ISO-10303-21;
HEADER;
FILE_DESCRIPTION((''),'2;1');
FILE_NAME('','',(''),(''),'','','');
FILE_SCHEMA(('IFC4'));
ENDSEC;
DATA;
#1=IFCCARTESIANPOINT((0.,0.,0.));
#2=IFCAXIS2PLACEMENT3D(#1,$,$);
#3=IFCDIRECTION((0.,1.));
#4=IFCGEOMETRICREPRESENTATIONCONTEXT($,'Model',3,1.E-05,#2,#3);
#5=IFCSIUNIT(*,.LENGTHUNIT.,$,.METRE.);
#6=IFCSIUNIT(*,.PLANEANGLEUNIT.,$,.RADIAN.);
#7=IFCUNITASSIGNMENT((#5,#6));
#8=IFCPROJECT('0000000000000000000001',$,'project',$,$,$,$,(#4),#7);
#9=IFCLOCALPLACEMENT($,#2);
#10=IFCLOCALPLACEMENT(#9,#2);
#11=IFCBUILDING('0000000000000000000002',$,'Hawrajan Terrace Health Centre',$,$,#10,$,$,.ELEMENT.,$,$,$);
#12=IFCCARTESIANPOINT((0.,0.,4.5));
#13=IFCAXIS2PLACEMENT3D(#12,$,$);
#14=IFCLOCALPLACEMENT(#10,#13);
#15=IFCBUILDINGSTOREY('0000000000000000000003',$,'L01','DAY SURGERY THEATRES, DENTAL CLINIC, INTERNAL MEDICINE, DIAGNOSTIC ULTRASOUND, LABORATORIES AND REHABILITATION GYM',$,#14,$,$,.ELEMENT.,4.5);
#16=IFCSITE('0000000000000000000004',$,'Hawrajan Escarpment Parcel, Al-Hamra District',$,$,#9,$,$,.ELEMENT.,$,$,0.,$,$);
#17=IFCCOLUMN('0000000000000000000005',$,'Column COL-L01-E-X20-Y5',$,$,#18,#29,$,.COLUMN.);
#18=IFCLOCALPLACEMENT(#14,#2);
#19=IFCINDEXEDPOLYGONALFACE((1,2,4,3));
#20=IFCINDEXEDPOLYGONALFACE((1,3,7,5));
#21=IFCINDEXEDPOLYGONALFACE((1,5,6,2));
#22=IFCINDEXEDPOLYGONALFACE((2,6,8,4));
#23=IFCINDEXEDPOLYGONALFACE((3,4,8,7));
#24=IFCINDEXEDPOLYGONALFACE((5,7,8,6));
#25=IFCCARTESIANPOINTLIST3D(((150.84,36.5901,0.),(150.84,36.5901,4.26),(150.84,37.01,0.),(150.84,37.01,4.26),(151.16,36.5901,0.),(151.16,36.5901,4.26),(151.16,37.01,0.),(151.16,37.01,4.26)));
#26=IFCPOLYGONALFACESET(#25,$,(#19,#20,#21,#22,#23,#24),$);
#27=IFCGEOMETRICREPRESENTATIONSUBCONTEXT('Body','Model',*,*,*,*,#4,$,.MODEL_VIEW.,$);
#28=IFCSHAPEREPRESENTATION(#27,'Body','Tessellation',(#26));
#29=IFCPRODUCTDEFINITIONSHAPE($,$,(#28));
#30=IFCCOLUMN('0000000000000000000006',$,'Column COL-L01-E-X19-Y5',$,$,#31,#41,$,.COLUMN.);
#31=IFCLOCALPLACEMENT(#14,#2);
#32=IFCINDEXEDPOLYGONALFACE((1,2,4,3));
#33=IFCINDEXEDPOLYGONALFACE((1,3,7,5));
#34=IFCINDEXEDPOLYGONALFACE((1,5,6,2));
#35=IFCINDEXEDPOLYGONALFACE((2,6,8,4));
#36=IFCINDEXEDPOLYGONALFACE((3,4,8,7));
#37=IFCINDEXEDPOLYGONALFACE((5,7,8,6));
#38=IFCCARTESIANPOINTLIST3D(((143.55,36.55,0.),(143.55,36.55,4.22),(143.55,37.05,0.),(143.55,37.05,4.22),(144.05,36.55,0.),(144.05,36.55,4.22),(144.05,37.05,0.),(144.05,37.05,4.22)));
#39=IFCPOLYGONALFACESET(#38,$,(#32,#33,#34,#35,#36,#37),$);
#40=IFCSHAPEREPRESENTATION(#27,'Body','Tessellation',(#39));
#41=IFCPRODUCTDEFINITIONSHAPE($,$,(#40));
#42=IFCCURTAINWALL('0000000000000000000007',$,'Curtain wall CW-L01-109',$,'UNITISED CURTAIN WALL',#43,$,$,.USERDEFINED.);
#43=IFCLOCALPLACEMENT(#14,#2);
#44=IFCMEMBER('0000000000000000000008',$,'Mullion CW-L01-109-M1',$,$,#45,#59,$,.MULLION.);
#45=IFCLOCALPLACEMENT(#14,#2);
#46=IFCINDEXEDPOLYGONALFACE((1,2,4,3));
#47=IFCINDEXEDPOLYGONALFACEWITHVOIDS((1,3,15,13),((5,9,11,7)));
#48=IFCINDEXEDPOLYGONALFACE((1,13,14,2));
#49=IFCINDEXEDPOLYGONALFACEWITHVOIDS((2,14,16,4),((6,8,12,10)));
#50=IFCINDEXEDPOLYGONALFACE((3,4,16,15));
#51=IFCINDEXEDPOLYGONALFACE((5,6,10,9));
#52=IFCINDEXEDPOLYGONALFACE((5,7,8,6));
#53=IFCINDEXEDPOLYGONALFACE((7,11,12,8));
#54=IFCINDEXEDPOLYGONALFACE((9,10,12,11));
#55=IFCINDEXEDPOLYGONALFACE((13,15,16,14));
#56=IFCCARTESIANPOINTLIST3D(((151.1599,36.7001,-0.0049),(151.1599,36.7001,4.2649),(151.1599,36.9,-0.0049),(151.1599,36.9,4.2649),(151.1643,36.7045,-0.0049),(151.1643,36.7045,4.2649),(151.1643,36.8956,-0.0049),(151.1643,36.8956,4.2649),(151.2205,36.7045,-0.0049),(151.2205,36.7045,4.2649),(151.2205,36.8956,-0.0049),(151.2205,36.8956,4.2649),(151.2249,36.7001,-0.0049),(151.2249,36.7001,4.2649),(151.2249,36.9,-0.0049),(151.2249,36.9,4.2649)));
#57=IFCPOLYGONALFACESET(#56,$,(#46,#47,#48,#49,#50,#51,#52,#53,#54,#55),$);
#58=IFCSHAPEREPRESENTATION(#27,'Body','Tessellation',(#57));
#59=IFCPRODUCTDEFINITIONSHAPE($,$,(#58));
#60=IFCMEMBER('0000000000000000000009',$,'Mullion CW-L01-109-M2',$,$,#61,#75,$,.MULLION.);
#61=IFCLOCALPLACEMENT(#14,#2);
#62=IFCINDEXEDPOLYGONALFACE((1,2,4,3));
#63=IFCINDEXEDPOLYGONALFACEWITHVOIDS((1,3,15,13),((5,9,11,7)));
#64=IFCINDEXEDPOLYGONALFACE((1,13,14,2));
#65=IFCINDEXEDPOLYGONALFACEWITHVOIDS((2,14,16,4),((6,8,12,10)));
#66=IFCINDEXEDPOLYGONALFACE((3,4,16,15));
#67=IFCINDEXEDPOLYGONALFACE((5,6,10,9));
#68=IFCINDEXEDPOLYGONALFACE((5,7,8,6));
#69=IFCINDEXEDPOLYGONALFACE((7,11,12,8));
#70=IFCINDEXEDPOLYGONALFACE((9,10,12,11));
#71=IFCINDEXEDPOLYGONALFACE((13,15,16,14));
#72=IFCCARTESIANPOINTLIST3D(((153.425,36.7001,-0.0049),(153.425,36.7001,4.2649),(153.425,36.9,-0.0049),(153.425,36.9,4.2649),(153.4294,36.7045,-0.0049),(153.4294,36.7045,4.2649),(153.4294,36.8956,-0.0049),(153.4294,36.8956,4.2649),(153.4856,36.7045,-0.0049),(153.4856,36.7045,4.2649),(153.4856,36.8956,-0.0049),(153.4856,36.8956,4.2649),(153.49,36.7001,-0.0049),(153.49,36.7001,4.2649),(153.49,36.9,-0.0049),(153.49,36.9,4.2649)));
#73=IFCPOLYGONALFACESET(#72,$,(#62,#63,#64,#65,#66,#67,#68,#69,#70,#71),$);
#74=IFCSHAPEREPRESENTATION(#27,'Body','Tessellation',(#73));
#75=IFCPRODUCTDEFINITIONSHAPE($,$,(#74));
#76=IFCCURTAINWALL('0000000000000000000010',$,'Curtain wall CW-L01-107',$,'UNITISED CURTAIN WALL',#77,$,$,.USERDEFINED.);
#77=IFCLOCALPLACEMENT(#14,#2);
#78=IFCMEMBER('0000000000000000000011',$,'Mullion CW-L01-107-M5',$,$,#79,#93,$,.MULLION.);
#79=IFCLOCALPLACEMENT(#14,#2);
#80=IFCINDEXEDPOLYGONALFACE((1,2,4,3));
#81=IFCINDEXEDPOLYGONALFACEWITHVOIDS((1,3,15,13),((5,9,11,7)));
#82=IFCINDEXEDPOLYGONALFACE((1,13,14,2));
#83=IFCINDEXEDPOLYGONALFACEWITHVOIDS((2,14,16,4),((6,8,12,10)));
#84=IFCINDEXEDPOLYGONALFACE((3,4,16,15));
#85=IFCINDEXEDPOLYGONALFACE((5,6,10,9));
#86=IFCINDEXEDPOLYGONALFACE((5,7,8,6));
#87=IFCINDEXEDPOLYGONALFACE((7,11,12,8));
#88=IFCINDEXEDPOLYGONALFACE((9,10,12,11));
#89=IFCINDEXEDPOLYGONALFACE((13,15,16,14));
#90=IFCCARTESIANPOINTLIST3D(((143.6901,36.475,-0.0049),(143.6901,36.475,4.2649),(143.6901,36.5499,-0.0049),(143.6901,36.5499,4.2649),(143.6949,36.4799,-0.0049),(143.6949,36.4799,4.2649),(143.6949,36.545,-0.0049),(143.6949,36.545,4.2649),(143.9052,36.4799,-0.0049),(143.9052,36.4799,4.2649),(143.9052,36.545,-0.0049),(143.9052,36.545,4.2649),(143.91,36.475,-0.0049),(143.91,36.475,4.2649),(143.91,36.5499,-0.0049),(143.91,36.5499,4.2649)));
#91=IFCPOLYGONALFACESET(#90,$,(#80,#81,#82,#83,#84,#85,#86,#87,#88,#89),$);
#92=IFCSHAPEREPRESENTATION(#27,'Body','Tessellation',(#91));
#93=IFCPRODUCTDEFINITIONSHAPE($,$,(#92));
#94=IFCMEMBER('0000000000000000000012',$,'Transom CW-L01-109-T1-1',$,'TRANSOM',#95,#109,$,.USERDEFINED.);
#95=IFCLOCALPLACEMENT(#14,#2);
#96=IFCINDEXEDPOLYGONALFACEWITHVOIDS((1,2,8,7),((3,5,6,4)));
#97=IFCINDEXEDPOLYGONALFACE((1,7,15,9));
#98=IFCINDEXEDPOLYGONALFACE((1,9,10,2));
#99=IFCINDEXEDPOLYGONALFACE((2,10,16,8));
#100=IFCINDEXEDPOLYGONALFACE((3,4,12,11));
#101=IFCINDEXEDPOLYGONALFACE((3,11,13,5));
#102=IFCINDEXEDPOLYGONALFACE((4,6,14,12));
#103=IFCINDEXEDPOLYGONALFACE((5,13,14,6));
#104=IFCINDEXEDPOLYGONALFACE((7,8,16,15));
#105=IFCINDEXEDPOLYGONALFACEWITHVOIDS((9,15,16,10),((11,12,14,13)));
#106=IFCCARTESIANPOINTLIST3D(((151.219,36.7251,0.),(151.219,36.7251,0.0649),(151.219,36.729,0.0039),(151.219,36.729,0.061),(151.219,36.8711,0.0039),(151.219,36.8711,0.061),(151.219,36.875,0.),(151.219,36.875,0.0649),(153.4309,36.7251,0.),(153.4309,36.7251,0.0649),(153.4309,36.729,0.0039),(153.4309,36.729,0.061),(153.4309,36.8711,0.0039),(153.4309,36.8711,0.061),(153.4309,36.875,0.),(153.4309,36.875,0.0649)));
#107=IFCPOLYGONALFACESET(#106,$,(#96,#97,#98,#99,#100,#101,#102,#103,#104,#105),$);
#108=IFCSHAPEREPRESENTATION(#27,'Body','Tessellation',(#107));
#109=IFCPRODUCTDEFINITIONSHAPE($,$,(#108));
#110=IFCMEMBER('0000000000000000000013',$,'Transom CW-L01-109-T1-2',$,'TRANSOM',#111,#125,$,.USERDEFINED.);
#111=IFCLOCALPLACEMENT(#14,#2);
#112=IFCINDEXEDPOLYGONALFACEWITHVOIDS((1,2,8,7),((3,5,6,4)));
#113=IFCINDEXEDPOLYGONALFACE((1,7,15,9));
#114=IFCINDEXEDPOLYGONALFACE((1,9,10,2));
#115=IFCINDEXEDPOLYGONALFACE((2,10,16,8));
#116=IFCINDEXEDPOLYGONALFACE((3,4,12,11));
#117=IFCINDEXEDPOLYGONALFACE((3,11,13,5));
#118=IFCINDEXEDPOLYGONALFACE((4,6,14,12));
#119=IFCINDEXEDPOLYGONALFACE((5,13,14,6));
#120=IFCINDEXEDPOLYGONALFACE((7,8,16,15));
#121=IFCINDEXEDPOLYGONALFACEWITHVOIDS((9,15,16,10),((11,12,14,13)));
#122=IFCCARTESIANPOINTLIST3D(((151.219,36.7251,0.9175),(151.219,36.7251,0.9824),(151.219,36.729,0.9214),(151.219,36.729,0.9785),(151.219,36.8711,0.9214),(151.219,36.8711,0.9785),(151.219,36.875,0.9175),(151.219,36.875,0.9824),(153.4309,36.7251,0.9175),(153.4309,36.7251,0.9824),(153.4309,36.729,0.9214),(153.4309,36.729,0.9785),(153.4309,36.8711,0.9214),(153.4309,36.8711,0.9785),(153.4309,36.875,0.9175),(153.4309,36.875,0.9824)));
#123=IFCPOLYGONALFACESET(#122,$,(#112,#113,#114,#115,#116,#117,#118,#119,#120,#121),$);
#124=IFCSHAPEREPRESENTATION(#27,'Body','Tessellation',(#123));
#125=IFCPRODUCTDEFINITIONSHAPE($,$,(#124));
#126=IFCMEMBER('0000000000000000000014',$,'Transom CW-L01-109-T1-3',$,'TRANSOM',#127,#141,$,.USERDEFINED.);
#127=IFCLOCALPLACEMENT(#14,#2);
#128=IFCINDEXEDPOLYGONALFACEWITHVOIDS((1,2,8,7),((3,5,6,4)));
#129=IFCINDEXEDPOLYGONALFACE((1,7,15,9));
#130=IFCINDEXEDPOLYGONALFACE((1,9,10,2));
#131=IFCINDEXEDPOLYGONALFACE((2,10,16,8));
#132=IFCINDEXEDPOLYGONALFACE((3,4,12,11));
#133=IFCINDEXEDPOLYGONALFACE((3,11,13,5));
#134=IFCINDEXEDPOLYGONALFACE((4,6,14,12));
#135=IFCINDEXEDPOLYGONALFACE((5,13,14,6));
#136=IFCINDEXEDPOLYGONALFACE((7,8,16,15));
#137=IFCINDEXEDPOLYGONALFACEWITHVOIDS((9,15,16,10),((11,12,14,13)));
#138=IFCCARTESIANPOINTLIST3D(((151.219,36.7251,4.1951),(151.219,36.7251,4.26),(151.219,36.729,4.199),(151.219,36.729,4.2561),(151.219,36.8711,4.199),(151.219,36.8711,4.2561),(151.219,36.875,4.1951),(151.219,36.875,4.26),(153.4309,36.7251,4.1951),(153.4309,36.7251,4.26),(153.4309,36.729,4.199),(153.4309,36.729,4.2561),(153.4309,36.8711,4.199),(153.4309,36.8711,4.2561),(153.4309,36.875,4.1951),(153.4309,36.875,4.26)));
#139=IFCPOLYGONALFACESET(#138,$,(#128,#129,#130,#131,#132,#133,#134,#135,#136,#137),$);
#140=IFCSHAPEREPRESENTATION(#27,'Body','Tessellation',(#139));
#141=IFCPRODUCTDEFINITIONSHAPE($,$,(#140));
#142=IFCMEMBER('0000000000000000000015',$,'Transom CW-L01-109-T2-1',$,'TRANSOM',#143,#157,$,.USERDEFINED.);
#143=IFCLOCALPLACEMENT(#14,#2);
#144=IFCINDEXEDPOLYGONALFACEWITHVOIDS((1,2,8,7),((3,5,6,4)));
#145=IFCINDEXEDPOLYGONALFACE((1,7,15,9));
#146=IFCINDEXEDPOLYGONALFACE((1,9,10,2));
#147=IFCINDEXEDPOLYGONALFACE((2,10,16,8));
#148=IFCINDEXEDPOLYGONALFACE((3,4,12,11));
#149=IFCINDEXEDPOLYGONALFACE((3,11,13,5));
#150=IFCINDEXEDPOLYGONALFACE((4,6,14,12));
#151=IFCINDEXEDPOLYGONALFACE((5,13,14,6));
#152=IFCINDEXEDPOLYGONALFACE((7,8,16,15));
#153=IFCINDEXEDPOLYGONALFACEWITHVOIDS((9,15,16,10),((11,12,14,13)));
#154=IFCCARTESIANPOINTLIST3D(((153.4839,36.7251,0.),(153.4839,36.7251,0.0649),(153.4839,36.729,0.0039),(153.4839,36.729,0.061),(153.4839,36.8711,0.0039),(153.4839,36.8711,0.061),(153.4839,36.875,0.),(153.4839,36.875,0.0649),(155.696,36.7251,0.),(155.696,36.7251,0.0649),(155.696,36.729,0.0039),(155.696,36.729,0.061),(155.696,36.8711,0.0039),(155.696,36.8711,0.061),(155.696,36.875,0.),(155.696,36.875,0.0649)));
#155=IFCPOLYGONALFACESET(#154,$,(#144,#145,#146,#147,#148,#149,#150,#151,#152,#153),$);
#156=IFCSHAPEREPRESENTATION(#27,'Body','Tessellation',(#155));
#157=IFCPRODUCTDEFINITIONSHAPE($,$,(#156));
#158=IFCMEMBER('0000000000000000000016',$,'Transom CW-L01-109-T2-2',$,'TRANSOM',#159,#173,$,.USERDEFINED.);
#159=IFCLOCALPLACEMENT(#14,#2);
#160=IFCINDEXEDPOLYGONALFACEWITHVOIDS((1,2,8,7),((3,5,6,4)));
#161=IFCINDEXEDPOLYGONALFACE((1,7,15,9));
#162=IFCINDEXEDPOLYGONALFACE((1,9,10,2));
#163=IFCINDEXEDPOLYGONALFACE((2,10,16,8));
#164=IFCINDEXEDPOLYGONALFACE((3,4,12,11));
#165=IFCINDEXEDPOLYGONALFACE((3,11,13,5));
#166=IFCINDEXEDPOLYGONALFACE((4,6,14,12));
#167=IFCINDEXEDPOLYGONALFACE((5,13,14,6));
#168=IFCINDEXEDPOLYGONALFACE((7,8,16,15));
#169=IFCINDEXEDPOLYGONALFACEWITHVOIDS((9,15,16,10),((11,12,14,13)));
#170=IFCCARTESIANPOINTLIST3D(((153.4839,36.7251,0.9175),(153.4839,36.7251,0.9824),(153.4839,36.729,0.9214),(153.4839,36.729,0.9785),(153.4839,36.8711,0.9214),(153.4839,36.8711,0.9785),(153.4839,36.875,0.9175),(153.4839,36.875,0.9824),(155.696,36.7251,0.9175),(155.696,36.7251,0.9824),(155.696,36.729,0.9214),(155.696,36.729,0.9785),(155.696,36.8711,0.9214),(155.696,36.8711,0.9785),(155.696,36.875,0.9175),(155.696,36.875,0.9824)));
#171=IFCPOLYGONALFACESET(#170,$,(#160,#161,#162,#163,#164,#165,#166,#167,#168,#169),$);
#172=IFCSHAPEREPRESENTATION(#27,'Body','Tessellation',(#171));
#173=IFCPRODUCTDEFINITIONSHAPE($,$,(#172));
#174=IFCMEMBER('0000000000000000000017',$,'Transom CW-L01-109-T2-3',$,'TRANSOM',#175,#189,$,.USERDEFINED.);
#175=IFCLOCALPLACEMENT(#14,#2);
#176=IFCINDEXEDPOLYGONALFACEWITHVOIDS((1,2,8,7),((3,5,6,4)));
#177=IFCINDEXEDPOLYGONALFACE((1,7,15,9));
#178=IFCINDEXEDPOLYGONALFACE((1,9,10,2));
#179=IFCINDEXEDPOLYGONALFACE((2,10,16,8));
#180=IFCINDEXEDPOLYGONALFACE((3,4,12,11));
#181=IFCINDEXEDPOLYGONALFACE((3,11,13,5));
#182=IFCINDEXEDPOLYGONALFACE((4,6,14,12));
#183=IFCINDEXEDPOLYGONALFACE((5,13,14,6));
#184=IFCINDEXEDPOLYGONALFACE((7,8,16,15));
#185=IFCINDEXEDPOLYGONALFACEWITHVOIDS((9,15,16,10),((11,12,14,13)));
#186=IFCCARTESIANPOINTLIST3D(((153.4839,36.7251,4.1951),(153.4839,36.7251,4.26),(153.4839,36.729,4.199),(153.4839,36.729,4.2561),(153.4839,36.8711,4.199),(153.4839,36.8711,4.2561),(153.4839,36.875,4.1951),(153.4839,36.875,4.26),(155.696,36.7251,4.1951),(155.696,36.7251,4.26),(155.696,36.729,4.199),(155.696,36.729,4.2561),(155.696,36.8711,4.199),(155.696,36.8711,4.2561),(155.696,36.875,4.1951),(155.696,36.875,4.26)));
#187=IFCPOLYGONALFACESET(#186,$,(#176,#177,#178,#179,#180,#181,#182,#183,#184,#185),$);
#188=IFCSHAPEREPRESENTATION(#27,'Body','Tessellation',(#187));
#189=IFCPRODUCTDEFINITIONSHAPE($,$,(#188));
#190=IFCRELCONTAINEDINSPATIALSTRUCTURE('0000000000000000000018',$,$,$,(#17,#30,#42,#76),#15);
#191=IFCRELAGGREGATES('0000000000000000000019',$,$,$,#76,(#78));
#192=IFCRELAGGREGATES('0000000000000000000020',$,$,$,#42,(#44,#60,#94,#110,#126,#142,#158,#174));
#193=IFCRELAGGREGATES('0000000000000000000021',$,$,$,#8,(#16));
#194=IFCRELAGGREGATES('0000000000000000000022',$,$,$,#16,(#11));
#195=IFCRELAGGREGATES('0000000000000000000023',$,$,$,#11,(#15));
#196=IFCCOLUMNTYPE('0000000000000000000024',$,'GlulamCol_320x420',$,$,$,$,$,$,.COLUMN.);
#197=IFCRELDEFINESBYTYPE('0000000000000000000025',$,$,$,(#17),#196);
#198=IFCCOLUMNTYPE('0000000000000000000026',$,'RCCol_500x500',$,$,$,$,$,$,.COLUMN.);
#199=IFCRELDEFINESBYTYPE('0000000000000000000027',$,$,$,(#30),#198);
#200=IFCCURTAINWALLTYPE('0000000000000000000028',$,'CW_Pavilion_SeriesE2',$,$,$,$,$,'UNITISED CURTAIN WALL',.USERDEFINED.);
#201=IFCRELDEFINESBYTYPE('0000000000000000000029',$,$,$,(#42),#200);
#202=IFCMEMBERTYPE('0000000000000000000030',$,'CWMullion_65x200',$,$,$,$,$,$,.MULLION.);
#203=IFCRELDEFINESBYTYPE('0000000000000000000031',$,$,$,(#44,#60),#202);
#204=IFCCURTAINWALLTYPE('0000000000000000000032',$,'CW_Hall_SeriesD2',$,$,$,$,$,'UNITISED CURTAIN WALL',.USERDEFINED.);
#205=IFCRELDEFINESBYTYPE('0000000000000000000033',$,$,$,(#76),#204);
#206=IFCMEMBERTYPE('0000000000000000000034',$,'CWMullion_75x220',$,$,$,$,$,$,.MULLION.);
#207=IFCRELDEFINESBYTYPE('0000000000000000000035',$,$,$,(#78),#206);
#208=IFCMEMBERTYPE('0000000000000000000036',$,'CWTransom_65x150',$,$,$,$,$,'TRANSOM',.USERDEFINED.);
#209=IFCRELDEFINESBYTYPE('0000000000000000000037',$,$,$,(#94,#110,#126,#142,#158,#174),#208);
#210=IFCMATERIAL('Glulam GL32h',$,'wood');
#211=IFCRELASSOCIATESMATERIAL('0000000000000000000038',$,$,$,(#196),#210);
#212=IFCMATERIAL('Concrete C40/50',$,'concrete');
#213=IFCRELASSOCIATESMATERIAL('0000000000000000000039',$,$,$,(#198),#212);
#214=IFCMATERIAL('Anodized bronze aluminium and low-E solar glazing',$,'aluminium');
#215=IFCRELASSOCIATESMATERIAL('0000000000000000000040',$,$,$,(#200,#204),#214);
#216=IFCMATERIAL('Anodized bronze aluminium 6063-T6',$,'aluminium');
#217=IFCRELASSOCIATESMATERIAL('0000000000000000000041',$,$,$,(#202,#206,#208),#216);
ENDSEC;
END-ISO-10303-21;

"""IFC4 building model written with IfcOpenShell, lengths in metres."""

from ifc_helpers import new_model, si_unit, direction, frame, origin, origin_2d, place, context, subcontext, project, spatial, rectangle, hollow_rectangle, extrude, material, material_profile, profile_set, type_object, element, aggregate, save


model = new_model("IFC4")

# Units and contexts
model_context = context("Model", 3, precision=1e-05, world=origin(), true_north=direction((0.0, 1.0)))
body_context = subcontext(model_context, "Body", "Model", "MODEL_VIEW")
ifc_project = project(units=[si_unit("LENGTHUNIT", "METRE"), si_unit("PLANEANGLEUNIT", "RADIAN")], contexts=[model_context])

# Site, building, storey
site_placement = place(None, origin())
site = spatial("IfcSite", under=ifc_project, at=site_placement, Name="Hawrajan Escarpment Parcel, Al-Hamra District", CompositionType="ELEMENT", RefElevation=0.0)
building_placement = place(site_placement, origin())
building = spatial("IfcBuilding", under=site, at=building_placement, Name="Hawrajan Terrace Health Centre", CompositionType="ELEMENT")
storey_placement = place(building_placement, frame((0.0, 0.0, 4.5)))
storey = spatial("IfcBuildingStorey", under=building, at=storey_placement, Name="L01", Description="DAY SURGERY THEATRES, DENTAL CLINIC, INTERNAL MEDICINE, DIAGNOSTIC ULTRASOUND, LABORATORIES AND REHABILITATION GYM", CompositionType="ELEMENT", Elevation=4.5)

# Columns
ifc_material_1 = material(Name="Glulam GL32h", Category="wood")
ifc_material_profile_1 = material_profile(ifc_material_1, rectangle(XDim=0.3201, YDim=0.4199, at=origin_2d()), Name="GL 320x420")
ifc_profile_set_1 = profile_set([ifc_material_profile_1], Name="Glulam GL32h")
column_type_1 = type_object("IfcColumnType", Name="GlulamCol_320x420", PredefinedType="COLUMN", material=ifc_profile_set_1)
column_1_placement = place(storey_placement, frame((151.0, 36.8, 0.0), z_axis=(0.0, 0.0, 1.0), x_axis=(1.0, 0.0, 0.0)))
element("IfcColumn", 1, at=column_1_placement, inside=storey, type_object=column_type_1, Name="Column COL-L01-E-X20-Y5", PredefinedType="COLUMN", context=body_context, shape_type="SweptSolid", body=[
    extrude(rectangle(XDim=0.3201, YDim=0.4199, at=origin_2d()), origin(), (0.0, 0.0, 1.0), 4.26),
])
ifc_material_2 = material(Name="Concrete C40/50", Category="concrete")
ifc_material_profile_2 = material_profile(ifc_material_2, rectangle(XDim=0.5, YDim=0.5, at=origin_2d()), Name="RC 500x500")
ifc_profile_set_2 = profile_set([ifc_material_profile_2], Name="Concrete C40/50")
column_type_2 = type_object("IfcColumnType", Name="RCCol_500x500", PredefinedType="COLUMN", material=ifc_profile_set_2)
column_2_placement = place(storey_placement, frame((143.8, 36.8, 0.0), z_axis=(0.0, 0.0, 1.0), x_axis=(1.0, 0.0, 0.0)))
element("IfcColumn", 2, at=column_2_placement, inside=storey, type_object=column_type_2, Name="Column COL-L01-E-X19-Y5", PredefinedType="COLUMN", context=body_context, shape_type="SweptSolid", body=[
    extrude(rectangle(XDim=0.5, YDim=0.5, at=origin_2d()), origin(), (0.0, 0.0, 1.0), 4.22),
])

# Curtain wall, members
ifc_material_3 = material(Name="Anodized bronze aluminium and low-E solar glazing", Category="aluminium")
curtain_wall_type_1 = type_object("IfcCurtainWallType", Name="CW_Pavilion_SeriesE2", ElementType="UNITISED CURTAIN WALL", PredefinedType="USERDEFINED", material=ifc_material_3)
curtain_wall_1_placement = place(storey_placement, origin())
curtain_wall_1 = element("IfcCurtainWall", 3, at=curtain_wall_1_placement, inside=storey, type_object=curtain_wall_type_1, Name="Curtain wall CW-L01-109", ObjectType="UNITISED CURTAIN WALL", PredefinedType="USERDEFINED")
ifc_material_4 = material(Name="Anodized bronze aluminium 6063-T6", Category="aluminium")
ifc_material_profile_3 = material_profile(ifc_material_4, hollow_rectangle(XDim=0.0649, YDim=0.2, WallThickness=0.0044, at=origin_2d()), Name="CW MUL 65x200")
ifc_profile_set_3 = profile_set([ifc_material_profile_3], Name="Anodized bronze aluminium 6063-T6")
member_type_1 = type_object("IfcMemberType", Name="CWMullion_65x200", PredefinedType="MULLION", material=ifc_profile_set_3)
member_1_placement = place(storey_placement, frame((151.1924, 36.8, -0.0049), z_axis=(0.0, 0.0, 1.0), x_axis=(1.0, 0.0, 0.0)))
member_1 = element("IfcMember", 4, at=member_1_placement, type_object=member_type_1, Name="Mullion CW-L01-109-M1", PredefinedType="MULLION", context=body_context, shape_type="SweptSolid", body=[
    extrude(hollow_rectangle(XDim=0.0649, YDim=0.2, WallThickness=0.0044, at=origin_2d()), origin(), (0.0, 0.0, 1.0), 4.2698),
])
member_2_placement = place(storey_placement, frame((153.4575, 36.8, -0.0049), z_axis=(0.0, 0.0, 1.0), x_axis=(1.0, 0.0, 0.0)))
member_2 = element("IfcMember", 5, at=member_2_placement, type_object=member_type_1, Name="Mullion CW-L01-109-M2", PredefinedType="MULLION", context=body_context, shape_type="SweptSolid", body=[
    extrude(hollow_rectangle(XDim=0.0649, YDim=0.2, WallThickness=0.0044, at=origin_2d()), origin(), (0.0, 0.0, 1.0), 4.2698),
])

# Curtain wall, member
curtain_wall_type_2 = type_object("IfcCurtainWallType", Name="CW_Hall_SeriesD2", ElementType="UNITISED CURTAIN WALL", PredefinedType="USERDEFINED", material=ifc_material_3)
curtain_wall_2_placement = place(storey_placement, origin())
curtain_wall_2 = element("IfcCurtainWall", 6, at=curtain_wall_2_placement, inside=storey, type_object=curtain_wall_type_2, Name="Curtain wall CW-L01-107", ObjectType="UNITISED CURTAIN WALL", PredefinedType="USERDEFINED")
ifc_material_profile_4 = material_profile(ifc_material_4, hollow_rectangle(XDim=0.075, YDim=0.22, WallThickness=0.0049, at=origin_2d()), Name="CW MUL 75x220")
ifc_profile_set_4 = profile_set([ifc_material_profile_4], Name="Anodized bronze aluminium 6063-T6")
member_type_2 = type_object("IfcMemberType", Name="CWMullion_75x220", PredefinedType="MULLION", material=ifc_profile_set_4)
member_3_placement = place(storey_placement, frame((143.8, 36.5125, -0.0049), z_axis=(0.0, 0.0, 1.0), x_axis=(0.0, 1.0, 0.0)))
member_3 = element("IfcMember", 7, at=member_3_placement, type_object=member_type_2, Name="Mullion CW-L01-107-M5", PredefinedType="MULLION", context=body_context, shape_type="SweptSolid", body=[
    extrude(hollow_rectangle(XDim=0.075, YDim=0.22, WallThickness=0.0049, at=origin_2d()), origin(), (0.0, 0.0, 1.0), 4.2698),
])

# Members
ifc_material_profile_5 = material_profile(ifc_material_4, hollow_rectangle(XDim=0.0649, YDim=0.1499, WallThickness=0.0039, at=origin_2d()), Name="CW TRN 65x150")
ifc_profile_set_5 = profile_set([ifc_material_profile_5], Name="Anodized bronze aluminium 6063-T6")
member_type_3 = type_object("IfcMemberType", Name="CWTransom_65x150", ElementType="TRANSOM", PredefinedType="USERDEFINED", material=ifc_profile_set_5)
member_4_placement = place(storey_placement, frame((151.219, 36.8, 0.0325), z_axis=(1.0, 0.0, 0.0), x_axis=(0.0, 0.0, 1.0)))
member_4 = element("IfcMember", 8, at=member_4_placement, type_object=member_type_3, Name="Transom CW-L01-109-T1-1", ObjectType="TRANSOM", PredefinedType="USERDEFINED", context=body_context, shape_type="SweptSolid", body=[
    extrude(hollow_rectangle(XDim=0.0649, YDim=0.1499, WallThickness=0.0039, at=origin_2d()), origin(), (0.0, 0.0, 1.0), 2.2119),
])
member_5_placement = place(storey_placement, frame((151.219, 36.8, 0.95), z_axis=(1.0, 0.0, 0.0), x_axis=(0.0, 0.0, 1.0)))
member_5 = element("IfcMember", 9, at=member_5_placement, type_object=member_type_3, Name="Transom CW-L01-109-T1-2", ObjectType="TRANSOM", PredefinedType="USERDEFINED", context=body_context, shape_type="SweptSolid", body=[
    extrude(hollow_rectangle(XDim=0.0649, YDim=0.1499, WallThickness=0.0039, at=origin_2d()), origin(), (0.0, 0.0, 1.0), 2.2119),
])
member_6_placement = place(storey_placement, frame((151.219, 36.8, 4.2275), z_axis=(1.0, 0.0, 0.0), x_axis=(0.0, 0.0, 1.0)))
member_6 = element("IfcMember", 10, at=member_6_placement, type_object=member_type_3, Name="Transom CW-L01-109-T1-3", ObjectType="TRANSOM", PredefinedType="USERDEFINED", context=body_context, shape_type="SweptSolid", body=[
    extrude(hollow_rectangle(XDim=0.0649, YDim=0.1499, WallThickness=0.0039, at=origin_2d()), origin(), (0.0, 0.0, 1.0), 2.2119),
])
member_7_placement = place(storey_placement, frame((153.4839, 36.8, 0.0325), z_axis=(1.0, 0.0, 0.0), x_axis=(0.0, 0.0, 1.0)))
member_7 = element("IfcMember", 11, at=member_7_placement, type_object=member_type_3, Name="Transom CW-L01-109-T2-1", ObjectType="TRANSOM", PredefinedType="USERDEFINED", context=body_context, shape_type="SweptSolid", body=[
    extrude(hollow_rectangle(XDim=0.0649, YDim=0.1499, WallThickness=0.0039, at=origin_2d()), origin(), (0.0, 0.0, 1.0), 2.2122),
])
member_8_placement = place(storey_placement, frame((153.4839, 36.8, 0.95), z_axis=(1.0, 0.0, 0.0), x_axis=(0.0, 0.0, 1.0)))
member_8 = element("IfcMember", 12, at=member_8_placement, type_object=member_type_3, Name="Transom CW-L01-109-T2-2", ObjectType="TRANSOM", PredefinedType="USERDEFINED", context=body_context, shape_type="SweptSolid", body=[
    extrude(hollow_rectangle(XDim=0.0649, YDim=0.1499, WallThickness=0.0039, at=origin_2d()), origin(), (0.0, 0.0, 1.0), 2.2122),
])
member_9_placement = place(storey_placement, frame((153.4839, 36.8, 4.2275), z_axis=(1.0, 0.0, 0.0), x_axis=(0.0, 0.0, 1.0)))
member_9 = element("IfcMember", 13, at=member_9_placement, type_object=member_type_3, Name="Transom CW-L01-109-T2-3", ObjectType="TRANSOM", PredefinedType="USERDEFINED", context=body_context, shape_type="SweptSolid", body=[
    extrude(hollow_rectangle(XDim=0.0649, YDim=0.1499, WallThickness=0.0039, at=origin_2d()), origin(), (0.0, 0.0, 1.0), 2.2122),
])

aggregate(curtain_wall_2, [member_3])
aggregate(curtain_wall_1, [member_1, member_2, member_4, member_5, member_6, member_7, member_8, member_9])

save(model, "model.ifc")
